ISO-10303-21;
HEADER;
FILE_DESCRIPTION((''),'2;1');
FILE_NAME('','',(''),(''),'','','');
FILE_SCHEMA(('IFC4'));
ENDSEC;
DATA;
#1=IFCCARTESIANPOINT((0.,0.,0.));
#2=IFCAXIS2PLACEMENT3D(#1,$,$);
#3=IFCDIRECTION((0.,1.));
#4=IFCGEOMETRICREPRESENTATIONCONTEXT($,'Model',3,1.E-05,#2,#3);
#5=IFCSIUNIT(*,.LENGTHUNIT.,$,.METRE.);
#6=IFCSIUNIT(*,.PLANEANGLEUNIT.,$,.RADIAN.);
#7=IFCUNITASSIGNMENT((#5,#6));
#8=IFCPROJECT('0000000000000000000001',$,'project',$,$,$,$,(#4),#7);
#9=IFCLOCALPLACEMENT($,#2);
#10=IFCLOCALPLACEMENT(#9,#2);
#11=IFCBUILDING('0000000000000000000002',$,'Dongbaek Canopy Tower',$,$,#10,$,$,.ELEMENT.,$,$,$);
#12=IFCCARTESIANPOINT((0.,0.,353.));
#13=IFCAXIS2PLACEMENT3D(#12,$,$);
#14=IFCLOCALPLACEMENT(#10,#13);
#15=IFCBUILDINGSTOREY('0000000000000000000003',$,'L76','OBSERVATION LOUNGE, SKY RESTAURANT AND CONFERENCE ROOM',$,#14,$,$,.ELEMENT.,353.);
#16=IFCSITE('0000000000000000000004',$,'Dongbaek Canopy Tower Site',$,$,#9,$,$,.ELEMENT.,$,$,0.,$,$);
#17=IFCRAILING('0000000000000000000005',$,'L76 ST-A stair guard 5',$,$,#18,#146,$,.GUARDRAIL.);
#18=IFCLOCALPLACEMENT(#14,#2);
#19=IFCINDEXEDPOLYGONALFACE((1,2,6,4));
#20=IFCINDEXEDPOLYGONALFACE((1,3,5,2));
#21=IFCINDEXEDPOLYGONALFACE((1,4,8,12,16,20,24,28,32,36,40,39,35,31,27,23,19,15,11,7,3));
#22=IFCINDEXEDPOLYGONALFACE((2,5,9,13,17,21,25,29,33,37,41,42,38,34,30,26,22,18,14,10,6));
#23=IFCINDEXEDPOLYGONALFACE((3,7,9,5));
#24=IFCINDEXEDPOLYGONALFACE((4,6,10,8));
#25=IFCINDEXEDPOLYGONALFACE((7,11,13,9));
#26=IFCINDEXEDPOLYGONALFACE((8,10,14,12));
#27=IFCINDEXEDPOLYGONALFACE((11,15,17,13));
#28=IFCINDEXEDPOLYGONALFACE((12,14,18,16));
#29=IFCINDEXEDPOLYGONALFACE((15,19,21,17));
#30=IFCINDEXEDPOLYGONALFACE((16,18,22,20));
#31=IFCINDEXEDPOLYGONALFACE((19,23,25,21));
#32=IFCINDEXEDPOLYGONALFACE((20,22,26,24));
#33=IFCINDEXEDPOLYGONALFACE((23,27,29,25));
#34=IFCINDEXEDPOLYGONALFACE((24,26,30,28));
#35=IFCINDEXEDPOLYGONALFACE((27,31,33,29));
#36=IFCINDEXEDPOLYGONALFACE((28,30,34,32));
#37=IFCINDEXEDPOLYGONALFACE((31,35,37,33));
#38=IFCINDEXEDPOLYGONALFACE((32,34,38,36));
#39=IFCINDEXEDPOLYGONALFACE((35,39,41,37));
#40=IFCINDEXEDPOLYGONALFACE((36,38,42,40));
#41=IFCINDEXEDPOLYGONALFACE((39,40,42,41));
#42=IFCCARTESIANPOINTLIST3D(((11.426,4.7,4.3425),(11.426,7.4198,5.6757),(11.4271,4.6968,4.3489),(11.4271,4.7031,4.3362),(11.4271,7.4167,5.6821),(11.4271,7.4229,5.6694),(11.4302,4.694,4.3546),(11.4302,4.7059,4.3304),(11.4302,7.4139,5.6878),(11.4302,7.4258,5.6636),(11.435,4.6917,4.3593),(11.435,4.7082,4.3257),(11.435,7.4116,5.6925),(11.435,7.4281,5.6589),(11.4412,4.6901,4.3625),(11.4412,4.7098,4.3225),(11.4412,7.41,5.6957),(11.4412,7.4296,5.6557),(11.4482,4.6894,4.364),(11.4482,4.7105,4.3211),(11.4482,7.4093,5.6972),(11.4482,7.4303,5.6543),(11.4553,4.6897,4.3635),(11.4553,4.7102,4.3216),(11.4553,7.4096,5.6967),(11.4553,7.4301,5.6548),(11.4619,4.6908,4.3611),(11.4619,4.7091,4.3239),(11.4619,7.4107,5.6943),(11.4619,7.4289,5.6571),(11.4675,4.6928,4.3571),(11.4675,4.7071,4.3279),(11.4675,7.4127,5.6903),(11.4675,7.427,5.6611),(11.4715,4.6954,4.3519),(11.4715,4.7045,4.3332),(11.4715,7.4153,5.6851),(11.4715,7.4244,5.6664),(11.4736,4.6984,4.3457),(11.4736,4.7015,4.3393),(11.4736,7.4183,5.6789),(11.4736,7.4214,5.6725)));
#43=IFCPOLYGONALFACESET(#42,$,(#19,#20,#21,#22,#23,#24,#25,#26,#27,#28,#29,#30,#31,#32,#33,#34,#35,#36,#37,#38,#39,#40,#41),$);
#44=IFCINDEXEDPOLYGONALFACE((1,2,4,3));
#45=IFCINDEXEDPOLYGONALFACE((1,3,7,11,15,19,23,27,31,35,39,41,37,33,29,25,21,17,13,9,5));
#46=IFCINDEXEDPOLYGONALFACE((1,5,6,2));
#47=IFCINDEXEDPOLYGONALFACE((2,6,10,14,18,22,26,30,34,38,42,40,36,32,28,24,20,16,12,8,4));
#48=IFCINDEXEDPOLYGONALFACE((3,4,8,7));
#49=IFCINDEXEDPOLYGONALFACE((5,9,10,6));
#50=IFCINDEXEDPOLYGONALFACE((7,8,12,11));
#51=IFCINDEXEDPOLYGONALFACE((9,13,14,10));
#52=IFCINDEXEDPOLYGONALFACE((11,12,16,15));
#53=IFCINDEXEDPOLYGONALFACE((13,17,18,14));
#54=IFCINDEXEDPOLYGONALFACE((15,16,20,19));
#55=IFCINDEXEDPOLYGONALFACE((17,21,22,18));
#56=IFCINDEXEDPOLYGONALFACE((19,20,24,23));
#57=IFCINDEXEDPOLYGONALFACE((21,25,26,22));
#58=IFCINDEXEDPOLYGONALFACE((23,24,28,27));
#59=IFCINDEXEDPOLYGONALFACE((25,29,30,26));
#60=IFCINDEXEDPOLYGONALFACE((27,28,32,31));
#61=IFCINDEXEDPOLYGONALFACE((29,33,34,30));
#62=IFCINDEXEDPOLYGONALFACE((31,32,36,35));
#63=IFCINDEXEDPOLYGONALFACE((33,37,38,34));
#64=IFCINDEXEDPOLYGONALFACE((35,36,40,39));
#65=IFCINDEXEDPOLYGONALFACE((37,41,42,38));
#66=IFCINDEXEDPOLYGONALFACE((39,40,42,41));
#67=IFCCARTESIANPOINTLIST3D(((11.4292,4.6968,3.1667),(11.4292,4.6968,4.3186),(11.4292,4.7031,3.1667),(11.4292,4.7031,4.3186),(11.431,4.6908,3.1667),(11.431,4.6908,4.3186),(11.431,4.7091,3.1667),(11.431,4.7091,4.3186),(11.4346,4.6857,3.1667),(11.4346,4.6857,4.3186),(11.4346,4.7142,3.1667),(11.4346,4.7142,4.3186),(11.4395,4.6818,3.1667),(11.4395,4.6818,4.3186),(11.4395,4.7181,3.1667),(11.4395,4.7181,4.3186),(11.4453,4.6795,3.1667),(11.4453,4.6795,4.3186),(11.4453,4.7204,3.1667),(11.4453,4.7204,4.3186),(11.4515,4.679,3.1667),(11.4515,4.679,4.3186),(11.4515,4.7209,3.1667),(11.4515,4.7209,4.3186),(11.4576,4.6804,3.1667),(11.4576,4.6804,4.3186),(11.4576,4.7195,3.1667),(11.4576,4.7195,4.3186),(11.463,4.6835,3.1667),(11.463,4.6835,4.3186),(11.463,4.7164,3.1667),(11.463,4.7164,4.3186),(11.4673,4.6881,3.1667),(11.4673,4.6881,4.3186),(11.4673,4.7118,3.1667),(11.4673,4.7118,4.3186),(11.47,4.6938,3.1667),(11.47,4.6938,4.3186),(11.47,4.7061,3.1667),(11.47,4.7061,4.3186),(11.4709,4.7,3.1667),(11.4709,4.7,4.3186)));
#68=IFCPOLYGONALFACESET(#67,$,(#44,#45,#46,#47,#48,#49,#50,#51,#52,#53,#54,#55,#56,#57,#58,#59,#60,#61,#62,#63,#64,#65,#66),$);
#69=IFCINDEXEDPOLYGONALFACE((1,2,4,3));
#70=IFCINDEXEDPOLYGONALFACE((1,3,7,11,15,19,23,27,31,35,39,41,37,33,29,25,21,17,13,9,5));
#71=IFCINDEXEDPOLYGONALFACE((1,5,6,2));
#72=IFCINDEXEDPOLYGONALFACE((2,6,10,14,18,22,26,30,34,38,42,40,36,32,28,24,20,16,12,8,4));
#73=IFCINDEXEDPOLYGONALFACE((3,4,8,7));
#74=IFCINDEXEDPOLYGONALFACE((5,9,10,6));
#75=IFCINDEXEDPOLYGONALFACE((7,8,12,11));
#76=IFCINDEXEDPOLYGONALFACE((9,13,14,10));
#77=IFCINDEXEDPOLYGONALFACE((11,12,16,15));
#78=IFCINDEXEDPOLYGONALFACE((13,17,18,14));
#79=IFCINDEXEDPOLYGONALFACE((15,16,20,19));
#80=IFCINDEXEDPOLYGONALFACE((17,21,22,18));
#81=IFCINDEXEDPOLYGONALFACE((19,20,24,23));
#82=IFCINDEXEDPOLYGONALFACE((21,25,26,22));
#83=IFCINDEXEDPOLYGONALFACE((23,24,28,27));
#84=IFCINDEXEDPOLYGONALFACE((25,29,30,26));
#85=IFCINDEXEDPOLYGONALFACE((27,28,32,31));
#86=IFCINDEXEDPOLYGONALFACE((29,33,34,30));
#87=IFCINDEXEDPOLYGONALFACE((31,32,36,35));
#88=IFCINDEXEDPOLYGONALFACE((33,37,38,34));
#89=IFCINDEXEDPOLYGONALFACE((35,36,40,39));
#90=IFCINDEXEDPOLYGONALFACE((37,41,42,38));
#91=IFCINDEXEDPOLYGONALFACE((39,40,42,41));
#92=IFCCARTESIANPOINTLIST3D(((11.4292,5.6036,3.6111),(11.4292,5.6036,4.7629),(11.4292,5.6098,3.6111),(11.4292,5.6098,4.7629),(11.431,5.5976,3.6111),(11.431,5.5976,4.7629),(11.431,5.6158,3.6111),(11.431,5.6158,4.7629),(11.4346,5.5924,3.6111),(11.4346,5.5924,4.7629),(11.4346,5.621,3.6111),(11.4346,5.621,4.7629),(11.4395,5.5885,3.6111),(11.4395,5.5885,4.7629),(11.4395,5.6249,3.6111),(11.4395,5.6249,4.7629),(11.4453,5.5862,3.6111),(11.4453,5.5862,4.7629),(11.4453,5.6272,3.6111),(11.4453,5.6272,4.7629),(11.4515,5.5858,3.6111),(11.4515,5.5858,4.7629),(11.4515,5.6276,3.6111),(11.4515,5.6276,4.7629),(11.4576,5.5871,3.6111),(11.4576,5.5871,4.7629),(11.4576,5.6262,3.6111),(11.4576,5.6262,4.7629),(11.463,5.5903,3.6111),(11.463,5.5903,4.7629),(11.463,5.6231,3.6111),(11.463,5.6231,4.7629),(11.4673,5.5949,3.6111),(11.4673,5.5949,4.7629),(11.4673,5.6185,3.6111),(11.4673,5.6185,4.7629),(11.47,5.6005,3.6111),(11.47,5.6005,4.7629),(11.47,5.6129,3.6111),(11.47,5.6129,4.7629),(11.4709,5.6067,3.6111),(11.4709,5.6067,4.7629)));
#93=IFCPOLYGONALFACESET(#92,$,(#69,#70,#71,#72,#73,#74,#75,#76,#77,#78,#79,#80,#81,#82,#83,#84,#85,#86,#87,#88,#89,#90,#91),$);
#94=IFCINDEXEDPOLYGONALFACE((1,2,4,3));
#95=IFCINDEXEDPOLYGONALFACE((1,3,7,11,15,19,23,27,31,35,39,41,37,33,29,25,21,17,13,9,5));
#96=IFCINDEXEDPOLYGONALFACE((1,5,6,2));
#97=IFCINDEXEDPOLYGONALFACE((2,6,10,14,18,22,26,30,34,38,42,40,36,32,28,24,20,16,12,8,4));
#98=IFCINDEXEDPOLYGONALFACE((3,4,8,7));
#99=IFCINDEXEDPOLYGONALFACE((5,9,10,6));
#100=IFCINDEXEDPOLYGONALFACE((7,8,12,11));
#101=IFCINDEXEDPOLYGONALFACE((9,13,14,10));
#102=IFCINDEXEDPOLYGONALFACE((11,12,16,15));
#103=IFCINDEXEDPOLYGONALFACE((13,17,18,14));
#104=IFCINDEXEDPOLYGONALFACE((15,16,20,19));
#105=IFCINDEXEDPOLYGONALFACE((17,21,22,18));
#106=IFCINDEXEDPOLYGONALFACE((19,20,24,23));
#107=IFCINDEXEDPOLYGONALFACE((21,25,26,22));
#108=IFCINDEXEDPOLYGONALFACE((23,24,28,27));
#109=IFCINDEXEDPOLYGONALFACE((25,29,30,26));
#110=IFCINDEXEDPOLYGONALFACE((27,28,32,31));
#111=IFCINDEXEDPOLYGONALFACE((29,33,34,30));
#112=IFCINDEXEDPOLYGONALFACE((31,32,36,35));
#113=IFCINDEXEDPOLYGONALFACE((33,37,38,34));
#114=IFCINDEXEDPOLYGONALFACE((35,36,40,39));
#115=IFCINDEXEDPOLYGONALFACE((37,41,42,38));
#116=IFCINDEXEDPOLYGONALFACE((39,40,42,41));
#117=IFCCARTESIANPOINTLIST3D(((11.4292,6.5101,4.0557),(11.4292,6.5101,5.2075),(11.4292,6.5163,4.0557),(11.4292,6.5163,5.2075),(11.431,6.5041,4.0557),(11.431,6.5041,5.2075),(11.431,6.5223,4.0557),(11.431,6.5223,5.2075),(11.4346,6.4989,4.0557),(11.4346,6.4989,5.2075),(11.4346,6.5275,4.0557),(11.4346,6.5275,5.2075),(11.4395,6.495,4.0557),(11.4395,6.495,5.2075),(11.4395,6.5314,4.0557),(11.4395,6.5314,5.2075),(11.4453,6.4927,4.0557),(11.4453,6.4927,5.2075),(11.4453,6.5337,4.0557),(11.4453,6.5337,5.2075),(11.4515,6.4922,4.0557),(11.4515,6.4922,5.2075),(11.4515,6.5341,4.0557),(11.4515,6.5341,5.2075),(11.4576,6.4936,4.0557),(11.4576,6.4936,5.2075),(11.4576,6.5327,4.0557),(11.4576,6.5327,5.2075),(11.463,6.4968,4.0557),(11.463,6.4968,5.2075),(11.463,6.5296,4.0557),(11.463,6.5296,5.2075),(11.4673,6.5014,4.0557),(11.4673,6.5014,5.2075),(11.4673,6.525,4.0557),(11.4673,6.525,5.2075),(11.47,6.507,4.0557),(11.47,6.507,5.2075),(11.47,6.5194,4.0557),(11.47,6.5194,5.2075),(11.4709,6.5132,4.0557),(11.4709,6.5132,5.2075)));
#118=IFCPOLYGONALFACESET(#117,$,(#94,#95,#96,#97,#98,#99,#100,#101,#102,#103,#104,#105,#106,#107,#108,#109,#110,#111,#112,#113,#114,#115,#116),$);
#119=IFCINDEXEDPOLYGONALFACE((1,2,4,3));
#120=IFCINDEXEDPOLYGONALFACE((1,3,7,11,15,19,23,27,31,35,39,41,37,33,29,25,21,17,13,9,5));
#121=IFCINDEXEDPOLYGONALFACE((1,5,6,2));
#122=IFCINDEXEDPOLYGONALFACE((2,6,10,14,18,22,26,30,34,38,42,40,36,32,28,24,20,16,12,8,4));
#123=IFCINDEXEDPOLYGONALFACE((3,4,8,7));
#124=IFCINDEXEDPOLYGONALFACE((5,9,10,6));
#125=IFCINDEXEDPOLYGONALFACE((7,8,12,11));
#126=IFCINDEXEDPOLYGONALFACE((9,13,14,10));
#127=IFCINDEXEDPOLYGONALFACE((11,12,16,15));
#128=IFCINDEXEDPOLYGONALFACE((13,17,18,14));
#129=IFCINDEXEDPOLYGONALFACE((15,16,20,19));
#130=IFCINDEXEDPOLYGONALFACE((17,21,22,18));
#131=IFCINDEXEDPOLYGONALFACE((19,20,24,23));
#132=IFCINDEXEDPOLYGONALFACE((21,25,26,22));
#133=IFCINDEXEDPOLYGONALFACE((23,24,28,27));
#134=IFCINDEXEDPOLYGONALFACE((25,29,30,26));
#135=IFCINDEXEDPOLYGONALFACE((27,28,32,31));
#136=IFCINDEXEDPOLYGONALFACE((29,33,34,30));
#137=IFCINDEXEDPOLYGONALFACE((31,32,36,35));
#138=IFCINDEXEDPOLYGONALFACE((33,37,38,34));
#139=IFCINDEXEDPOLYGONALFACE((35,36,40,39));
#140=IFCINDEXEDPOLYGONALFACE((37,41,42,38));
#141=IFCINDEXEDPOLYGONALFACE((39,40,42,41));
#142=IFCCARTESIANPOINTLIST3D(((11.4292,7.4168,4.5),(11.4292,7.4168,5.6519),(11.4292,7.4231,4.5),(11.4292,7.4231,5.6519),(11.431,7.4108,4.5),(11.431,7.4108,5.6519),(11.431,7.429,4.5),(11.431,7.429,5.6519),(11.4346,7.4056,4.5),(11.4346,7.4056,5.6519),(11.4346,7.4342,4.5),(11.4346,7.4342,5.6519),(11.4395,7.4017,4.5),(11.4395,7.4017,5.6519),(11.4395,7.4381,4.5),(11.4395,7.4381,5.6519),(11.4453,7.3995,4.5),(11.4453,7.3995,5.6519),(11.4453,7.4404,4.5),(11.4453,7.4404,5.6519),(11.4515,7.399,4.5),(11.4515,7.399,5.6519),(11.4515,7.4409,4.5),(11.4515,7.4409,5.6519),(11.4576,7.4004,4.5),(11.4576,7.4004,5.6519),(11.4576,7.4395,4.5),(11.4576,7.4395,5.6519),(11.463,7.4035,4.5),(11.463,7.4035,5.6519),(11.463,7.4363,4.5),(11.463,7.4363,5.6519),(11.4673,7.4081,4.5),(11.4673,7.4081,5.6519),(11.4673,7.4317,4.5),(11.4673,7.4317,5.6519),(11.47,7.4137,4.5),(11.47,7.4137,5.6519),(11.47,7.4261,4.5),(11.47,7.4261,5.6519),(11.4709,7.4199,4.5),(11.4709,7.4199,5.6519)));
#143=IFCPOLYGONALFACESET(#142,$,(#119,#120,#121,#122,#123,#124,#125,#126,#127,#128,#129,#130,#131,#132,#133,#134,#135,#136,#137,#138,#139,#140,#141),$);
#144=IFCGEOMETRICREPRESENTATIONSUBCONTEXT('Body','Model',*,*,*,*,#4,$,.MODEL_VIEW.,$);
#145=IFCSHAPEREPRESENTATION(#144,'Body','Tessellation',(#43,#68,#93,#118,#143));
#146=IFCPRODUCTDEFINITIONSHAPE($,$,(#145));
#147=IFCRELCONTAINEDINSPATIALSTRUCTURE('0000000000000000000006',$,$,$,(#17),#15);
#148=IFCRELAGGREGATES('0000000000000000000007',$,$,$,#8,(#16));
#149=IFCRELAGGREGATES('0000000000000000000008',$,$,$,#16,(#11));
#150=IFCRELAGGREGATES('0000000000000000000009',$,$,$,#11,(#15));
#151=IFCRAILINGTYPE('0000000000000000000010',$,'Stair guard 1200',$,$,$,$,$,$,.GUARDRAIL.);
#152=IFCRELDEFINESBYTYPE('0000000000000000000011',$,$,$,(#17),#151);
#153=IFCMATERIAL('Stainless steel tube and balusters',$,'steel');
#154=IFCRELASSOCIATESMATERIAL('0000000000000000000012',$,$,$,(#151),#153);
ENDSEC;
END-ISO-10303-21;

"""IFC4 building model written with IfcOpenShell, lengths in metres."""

from ifc_helpers import new_model, si_unit, direction, frame, origin, origin_2d, place, context, subcontext, project, spatial, circle, extrude, material, type_object, element, save


model = new_model("IFC4")

# Units and contexts
model_context = context("Model", 3, precision=1e-05, world=origin(), true_north=direction((0.0, 1.0)))
body_context = subcontext(model_context, "Body", "Model", "MODEL_VIEW")
ifc_project = project(units=[si_unit("LENGTHUNIT", "METRE"), si_unit("PLANEANGLEUNIT", "RADIAN")], contexts=[model_context])

# Site, building, storey
site_placement = place(None, origin())
site = spatial("IfcSite", under=ifc_project, at=site_placement, Name="Dongbaek Canopy Tower Site", CompositionType="ELEMENT", RefElevation=0.0)
building_placement = place(site_placement, origin())
building = spatial("IfcBuilding", under=site, at=building_placement, Name="Dongbaek Canopy Tower", CompositionType="ELEMENT")
storey_placement = place(building_placement, frame((0.0, 0.0, 353.0)))
storey = spatial("IfcBuildingStorey", under=building, at=storey_placement, Name="L76", Description="OBSERVATION LOUNGE, SKY RESTAURANT AND CONFERENCE ROOM", CompositionType="ELEMENT", Elevation=353.0)

# Railing
ifc_material_1 = material(Name="Stainless steel tube and balusters", Category="steel")
railing_type_1 = type_object("IfcRailingType", Name="Stair guard 1200", PredefinedType="GUARDRAIL", material=ifc_material_1)
railing_1_placement = place(storey_placement, frame((11.45, 4.7, 3.1667)))
element("IfcRailing", 1, at=railing_1_placement, inside=storey, type_object=railing_type_1, Name="L76 ST-A stair guard 5", PredefinedType="GUARDRAIL", context=body_context, shape_type="SweptSolid", body=[
    extrude(circle(Radius=0.0239, at=origin_2d()), frame((0.0, 0.0, 1.1758), z_axis=(0.0, 0.897929, 0.440139), x_axis=(-1.0, 0.0, 0.0)), (0.0, 0.0, 1.0), 3.0291),
    extrude(circle(Radius=0.021, at=origin_2d()), origin(), (0.0, 0.0, 1.0), 1.1519),
    extrude(circle(Radius=0.021, at=origin_2d()), frame((0.0, 0.9067, 0.4443)), (0.0, 0.0, 1.0), 1.1519),
    extrude(circle(Radius=0.021, at=origin_2d()), frame((0.0, 1.8132, 0.8889)), (0.0, 0.0, 1.0), 1.1519),
    extrude(circle(Radius=0.021, at=origin_2d()), frame((0.0, 2.72, 1.3333)), (0.0, 0.0, 1.0), 1.1519),
])

save(model, "model.ifc")
